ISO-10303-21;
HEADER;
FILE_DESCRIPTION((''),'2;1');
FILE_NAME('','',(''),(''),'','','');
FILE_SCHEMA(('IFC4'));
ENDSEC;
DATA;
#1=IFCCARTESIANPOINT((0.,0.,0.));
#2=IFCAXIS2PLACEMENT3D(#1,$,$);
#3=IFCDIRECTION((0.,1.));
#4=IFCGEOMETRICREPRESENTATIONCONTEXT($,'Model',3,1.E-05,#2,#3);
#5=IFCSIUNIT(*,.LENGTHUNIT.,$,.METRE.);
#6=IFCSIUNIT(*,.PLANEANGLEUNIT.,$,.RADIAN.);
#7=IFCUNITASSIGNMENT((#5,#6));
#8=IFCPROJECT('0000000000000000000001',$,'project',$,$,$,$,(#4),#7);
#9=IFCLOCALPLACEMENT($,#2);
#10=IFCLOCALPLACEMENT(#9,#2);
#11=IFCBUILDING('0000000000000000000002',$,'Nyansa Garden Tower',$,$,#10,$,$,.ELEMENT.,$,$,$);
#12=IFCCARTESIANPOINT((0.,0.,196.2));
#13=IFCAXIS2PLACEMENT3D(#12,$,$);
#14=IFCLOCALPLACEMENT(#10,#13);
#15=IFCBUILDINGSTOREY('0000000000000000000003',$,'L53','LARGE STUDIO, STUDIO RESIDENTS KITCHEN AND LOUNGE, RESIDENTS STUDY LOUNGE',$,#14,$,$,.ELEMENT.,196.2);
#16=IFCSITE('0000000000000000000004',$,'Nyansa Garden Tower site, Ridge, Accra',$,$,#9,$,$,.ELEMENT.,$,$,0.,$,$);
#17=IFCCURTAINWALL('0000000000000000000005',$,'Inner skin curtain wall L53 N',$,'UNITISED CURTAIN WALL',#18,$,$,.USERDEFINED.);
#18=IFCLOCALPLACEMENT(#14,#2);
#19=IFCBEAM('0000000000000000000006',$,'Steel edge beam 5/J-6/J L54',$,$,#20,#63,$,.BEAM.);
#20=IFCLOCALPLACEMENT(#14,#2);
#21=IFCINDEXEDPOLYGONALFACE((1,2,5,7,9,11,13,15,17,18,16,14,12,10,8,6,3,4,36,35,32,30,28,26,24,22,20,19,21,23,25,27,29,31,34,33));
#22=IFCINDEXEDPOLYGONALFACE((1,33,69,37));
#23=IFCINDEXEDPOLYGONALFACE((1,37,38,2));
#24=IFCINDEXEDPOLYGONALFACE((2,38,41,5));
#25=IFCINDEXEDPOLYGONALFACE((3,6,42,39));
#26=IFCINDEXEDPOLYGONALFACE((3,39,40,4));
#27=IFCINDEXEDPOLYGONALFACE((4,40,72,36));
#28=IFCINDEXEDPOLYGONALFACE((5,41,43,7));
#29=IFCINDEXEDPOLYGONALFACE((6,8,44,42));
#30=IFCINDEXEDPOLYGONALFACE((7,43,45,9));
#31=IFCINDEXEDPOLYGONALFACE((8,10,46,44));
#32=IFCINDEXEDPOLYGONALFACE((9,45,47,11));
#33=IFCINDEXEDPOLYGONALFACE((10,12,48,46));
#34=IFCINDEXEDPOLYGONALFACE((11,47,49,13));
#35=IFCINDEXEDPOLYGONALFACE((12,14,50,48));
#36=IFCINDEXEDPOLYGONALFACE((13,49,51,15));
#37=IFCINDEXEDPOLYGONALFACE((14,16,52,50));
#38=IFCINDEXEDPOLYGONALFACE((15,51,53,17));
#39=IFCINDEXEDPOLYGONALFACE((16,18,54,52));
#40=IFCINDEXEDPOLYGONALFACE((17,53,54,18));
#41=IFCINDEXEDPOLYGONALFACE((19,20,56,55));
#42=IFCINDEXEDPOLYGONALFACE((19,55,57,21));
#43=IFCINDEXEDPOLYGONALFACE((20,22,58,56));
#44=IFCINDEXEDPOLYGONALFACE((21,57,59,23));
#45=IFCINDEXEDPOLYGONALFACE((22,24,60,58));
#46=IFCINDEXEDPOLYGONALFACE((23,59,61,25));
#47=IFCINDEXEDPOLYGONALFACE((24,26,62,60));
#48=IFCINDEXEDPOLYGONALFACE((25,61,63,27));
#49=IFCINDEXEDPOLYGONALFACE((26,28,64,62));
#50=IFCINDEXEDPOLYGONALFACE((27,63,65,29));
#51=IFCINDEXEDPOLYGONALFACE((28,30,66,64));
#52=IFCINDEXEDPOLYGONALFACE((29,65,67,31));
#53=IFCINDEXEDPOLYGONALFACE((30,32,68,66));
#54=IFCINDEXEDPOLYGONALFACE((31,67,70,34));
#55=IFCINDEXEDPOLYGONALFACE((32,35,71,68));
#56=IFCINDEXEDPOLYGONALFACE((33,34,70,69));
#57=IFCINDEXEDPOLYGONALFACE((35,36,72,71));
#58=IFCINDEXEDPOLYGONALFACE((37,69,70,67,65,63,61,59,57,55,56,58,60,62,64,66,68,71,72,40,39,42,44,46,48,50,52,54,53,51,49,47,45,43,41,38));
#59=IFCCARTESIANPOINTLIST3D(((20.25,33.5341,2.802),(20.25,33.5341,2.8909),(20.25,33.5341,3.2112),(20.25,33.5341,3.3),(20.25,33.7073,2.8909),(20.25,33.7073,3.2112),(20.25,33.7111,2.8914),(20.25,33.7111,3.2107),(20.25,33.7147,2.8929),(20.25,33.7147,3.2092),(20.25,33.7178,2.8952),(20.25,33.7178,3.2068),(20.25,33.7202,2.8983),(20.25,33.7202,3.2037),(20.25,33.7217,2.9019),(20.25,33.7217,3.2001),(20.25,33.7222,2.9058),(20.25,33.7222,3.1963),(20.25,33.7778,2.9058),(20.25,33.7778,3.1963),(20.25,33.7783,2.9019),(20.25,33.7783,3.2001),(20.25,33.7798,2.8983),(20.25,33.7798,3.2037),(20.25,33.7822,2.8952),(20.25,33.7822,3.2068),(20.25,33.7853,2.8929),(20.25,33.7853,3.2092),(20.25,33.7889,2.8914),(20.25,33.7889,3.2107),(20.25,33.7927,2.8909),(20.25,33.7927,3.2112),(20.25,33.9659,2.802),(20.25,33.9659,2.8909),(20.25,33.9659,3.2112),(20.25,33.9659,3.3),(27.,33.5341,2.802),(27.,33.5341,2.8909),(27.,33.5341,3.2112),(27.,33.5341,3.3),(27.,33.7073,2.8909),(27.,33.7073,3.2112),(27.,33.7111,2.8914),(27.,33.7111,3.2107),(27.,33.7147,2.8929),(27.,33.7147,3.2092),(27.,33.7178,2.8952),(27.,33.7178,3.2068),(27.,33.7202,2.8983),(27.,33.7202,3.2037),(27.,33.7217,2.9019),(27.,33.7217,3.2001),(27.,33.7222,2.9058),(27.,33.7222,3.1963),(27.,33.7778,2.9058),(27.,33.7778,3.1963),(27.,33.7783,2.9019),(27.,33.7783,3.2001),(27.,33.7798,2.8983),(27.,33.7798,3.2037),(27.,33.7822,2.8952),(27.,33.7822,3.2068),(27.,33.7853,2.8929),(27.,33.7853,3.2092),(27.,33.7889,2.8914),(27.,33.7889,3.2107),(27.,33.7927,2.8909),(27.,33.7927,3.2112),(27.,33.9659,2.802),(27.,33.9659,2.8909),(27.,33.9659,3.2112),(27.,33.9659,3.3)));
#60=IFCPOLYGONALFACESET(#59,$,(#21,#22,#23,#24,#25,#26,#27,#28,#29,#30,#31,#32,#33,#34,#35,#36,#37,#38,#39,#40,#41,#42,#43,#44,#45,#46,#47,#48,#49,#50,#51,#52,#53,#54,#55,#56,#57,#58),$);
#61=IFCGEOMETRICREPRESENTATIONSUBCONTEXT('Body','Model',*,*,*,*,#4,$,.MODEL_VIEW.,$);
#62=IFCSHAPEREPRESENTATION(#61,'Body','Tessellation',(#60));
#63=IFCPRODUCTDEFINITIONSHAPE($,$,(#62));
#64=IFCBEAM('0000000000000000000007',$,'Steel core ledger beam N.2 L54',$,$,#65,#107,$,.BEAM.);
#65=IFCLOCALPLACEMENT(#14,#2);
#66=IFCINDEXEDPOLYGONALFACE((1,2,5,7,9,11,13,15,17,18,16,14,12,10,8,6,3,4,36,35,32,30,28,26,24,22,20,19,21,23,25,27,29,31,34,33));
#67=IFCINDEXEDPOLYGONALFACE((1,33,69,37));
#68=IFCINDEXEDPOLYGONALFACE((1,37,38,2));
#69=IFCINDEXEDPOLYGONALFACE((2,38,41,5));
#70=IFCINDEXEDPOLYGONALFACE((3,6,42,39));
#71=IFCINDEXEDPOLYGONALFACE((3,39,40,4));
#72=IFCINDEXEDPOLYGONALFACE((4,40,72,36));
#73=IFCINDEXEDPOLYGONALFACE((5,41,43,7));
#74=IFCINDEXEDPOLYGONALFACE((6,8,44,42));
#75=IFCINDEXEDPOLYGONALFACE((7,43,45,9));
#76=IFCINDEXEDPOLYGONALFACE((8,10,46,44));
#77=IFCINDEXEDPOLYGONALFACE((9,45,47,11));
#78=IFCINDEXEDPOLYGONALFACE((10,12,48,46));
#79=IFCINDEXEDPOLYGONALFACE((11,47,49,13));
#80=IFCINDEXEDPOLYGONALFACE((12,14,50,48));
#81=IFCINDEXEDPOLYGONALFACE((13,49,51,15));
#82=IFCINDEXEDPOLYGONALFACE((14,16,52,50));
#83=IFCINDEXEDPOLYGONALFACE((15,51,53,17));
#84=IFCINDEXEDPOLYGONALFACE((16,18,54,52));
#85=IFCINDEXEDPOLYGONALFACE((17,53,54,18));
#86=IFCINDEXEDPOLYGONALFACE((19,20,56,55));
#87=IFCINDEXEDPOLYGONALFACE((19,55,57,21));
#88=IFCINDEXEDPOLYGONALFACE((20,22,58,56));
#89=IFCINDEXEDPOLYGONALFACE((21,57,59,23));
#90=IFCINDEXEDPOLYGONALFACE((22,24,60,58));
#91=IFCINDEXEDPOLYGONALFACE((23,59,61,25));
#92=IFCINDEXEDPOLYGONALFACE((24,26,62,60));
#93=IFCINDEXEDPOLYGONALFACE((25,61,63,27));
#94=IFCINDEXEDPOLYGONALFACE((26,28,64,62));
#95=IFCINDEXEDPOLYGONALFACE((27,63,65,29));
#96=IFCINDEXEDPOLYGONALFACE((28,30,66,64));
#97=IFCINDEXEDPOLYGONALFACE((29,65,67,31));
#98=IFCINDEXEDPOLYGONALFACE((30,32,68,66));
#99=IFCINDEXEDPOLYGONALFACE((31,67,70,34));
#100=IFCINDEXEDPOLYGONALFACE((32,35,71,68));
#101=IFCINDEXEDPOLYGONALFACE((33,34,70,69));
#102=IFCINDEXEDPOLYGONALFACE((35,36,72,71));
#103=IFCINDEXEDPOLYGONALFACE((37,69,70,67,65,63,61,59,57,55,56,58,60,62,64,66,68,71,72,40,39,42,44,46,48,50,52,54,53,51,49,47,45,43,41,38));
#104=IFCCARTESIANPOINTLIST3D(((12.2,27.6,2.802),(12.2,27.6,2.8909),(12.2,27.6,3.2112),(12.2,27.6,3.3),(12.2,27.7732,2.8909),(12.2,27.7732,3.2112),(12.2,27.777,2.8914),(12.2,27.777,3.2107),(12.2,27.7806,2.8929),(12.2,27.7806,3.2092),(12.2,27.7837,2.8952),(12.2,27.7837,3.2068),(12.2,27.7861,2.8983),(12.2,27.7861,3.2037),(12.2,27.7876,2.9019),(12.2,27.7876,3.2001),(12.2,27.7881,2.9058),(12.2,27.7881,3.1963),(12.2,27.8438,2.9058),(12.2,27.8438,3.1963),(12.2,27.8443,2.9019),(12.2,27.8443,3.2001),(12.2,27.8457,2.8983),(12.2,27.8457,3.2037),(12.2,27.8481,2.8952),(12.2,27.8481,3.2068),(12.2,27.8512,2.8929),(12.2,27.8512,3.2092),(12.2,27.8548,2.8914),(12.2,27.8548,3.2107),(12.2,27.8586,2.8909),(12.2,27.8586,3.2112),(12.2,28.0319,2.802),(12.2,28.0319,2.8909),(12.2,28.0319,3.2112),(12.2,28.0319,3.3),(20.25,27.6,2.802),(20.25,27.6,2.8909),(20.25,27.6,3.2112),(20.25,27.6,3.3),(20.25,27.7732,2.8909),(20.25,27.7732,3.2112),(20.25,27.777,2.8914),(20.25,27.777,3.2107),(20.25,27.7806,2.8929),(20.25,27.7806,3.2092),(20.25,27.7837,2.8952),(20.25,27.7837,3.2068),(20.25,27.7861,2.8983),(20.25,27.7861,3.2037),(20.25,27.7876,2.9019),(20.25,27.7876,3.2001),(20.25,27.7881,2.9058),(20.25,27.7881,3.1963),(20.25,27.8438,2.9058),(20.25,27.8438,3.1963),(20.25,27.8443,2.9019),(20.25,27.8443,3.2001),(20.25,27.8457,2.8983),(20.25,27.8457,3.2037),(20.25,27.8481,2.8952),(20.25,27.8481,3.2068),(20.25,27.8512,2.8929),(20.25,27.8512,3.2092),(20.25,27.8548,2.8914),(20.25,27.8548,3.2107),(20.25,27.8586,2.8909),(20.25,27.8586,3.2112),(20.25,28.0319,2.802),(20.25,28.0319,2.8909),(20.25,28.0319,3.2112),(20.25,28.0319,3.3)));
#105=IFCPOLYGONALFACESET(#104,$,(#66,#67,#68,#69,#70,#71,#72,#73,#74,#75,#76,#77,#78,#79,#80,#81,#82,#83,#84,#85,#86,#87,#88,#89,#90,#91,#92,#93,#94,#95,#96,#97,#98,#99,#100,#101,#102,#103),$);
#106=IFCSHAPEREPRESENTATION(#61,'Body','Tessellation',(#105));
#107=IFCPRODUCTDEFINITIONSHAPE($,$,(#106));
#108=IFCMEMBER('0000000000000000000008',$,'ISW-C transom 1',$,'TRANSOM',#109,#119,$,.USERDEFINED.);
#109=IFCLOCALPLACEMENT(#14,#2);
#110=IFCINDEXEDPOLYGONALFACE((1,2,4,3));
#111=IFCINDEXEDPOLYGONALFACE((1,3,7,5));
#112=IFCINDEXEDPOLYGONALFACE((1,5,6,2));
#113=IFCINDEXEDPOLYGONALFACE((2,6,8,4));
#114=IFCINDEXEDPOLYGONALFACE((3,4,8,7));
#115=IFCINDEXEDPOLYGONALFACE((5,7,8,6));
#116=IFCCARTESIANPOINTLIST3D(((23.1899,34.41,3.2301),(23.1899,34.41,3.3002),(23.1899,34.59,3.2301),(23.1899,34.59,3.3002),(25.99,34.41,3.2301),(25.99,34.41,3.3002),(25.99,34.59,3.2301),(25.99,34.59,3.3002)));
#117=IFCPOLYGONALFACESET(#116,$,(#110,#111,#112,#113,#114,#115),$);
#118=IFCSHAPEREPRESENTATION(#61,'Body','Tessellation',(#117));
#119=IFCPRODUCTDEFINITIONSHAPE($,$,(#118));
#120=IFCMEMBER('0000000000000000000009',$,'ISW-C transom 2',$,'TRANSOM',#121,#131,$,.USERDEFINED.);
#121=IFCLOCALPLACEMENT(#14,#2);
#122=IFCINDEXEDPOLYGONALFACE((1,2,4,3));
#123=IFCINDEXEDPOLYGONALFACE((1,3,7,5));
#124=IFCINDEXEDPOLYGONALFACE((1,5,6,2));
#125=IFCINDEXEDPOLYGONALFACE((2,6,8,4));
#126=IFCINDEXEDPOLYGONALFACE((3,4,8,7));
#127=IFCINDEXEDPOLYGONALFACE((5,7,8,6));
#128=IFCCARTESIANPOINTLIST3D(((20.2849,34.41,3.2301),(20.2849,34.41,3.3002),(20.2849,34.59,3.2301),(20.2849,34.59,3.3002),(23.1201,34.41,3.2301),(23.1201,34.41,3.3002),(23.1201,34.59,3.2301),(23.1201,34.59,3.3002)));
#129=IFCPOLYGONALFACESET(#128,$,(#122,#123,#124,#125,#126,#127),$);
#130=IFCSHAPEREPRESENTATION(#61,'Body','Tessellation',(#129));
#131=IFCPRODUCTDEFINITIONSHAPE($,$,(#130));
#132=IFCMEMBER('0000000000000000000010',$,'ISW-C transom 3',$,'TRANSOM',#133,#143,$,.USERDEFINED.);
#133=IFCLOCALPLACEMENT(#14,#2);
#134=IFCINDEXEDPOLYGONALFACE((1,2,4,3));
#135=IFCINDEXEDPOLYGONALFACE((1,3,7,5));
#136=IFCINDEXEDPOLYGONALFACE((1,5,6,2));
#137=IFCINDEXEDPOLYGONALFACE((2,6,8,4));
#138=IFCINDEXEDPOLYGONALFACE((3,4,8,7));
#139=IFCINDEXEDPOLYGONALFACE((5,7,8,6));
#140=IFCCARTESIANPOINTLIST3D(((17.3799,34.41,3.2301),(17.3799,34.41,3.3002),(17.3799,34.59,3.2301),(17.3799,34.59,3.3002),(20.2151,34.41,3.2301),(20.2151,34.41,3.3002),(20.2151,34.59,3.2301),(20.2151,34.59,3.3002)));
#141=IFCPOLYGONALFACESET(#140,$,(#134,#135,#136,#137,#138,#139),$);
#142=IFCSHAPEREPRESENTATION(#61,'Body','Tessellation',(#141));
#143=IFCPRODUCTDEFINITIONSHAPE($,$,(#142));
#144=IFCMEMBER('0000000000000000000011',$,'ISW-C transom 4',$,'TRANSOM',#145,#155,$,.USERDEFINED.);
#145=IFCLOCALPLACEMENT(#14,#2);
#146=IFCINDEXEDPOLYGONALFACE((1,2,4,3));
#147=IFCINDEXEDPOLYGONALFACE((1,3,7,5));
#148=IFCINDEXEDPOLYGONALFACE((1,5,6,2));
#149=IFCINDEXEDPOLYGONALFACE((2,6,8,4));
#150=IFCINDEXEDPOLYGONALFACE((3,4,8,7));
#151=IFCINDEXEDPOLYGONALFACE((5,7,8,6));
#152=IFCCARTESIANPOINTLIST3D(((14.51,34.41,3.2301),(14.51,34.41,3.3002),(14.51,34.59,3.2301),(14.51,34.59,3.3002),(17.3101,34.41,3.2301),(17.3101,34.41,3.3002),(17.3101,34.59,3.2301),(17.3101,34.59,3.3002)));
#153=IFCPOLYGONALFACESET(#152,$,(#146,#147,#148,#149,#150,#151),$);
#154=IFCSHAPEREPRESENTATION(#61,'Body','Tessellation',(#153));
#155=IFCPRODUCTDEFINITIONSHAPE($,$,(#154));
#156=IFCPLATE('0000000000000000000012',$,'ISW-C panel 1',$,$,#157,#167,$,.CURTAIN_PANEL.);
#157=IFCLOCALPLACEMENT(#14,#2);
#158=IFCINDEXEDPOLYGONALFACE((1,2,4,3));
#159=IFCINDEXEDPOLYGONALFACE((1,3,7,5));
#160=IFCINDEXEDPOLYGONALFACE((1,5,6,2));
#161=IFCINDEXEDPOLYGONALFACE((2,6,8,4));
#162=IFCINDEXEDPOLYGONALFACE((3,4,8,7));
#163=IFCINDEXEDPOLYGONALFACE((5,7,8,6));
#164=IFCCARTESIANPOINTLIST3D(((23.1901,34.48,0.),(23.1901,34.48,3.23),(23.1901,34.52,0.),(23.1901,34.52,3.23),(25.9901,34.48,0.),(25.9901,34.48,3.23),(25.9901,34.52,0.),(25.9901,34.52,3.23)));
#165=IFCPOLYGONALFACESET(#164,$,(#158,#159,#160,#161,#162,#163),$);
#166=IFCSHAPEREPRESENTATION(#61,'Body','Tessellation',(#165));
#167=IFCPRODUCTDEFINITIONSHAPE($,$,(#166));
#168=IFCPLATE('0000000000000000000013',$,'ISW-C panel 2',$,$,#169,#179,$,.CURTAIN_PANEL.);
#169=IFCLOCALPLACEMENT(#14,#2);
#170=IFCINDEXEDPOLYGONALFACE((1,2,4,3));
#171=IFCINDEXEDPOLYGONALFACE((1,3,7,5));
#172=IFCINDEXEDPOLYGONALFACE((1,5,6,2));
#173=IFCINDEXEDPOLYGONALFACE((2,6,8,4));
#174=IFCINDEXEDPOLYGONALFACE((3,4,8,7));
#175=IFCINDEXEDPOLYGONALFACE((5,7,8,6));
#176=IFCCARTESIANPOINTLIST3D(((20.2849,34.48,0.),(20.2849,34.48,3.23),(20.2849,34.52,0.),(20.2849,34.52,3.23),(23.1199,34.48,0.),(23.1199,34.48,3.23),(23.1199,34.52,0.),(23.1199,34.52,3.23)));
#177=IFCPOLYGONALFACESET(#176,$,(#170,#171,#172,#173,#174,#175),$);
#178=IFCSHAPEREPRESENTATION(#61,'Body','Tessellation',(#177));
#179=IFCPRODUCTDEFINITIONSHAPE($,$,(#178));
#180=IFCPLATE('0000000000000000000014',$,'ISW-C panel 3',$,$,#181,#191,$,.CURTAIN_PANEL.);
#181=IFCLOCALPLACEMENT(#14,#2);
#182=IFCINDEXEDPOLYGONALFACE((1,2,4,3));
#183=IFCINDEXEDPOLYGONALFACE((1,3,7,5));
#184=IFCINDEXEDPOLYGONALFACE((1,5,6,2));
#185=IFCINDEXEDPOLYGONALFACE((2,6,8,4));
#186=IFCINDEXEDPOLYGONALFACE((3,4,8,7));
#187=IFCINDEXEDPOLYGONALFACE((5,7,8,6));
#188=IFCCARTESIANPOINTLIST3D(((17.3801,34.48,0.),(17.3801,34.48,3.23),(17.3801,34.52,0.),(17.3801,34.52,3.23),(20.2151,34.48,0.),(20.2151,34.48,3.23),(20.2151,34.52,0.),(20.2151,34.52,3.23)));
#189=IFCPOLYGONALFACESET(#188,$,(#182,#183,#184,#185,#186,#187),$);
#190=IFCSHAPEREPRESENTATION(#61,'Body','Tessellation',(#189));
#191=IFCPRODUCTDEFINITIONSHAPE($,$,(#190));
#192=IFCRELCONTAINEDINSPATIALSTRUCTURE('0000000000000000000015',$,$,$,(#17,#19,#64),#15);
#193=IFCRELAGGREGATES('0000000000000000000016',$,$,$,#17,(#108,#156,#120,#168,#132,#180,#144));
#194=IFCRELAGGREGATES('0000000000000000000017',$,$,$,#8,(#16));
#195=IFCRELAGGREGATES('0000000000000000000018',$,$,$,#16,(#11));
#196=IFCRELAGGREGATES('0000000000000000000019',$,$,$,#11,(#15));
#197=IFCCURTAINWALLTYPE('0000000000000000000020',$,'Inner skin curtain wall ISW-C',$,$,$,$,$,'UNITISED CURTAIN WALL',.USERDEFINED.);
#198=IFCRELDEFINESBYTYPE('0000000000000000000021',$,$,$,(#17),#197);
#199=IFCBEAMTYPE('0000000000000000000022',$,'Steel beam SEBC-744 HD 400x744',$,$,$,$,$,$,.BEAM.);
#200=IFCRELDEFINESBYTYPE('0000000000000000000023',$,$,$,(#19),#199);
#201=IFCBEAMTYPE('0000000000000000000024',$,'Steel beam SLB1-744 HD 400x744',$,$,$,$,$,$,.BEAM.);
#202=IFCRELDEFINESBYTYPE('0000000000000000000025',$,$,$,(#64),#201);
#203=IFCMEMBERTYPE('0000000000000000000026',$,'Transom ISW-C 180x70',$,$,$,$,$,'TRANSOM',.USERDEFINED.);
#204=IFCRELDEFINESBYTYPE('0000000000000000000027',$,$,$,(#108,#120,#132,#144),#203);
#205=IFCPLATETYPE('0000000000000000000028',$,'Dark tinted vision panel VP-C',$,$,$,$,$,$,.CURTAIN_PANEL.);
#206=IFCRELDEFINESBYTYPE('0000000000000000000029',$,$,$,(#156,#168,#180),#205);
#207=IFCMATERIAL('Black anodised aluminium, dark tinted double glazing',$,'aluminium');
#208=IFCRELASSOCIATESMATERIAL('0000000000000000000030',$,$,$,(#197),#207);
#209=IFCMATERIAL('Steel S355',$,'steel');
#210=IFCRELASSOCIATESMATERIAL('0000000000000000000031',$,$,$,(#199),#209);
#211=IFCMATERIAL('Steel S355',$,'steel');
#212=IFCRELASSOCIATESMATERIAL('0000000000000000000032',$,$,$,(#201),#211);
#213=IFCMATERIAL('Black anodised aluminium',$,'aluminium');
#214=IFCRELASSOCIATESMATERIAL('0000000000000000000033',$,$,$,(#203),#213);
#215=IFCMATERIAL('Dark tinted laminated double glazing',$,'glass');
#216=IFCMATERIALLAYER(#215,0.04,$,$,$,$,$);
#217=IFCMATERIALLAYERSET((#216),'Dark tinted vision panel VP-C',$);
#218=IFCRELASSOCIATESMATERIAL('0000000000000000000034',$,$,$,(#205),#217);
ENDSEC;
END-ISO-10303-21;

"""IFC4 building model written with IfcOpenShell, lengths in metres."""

from ifc_helpers import new_model, si_unit, direction, frame, origin, origin_2d, place, context, subcontext, project, spatial, rectangle, i_section, extrude, material, layer, layer_set, material_profile, profile_set, type_object, element, aggregate, save


model = new_model("IFC4")

# Units and contexts
model_context = context("Model", 3, precision=1e-05, world=origin(), true_north=direction((0.0, 1.0)))
body_context = subcontext(model_context, "Body", "Model", "MODEL_VIEW")
ifc_project = project(units=[si_unit("LENGTHUNIT", "METRE"), si_unit("PLANEANGLEUNIT", "RADIAN")], contexts=[model_context])

# Site, building, storey
site_placement = place(None, origin())
site = spatial("IfcSite", under=ifc_project, at=site_placement, Name="Nyansa Garden Tower site, Ridge, Accra", CompositionType="ELEMENT", RefElevation=0.0)
building_placement = place(site_placement, origin())
building = spatial("IfcBuilding", under=site, at=building_placement, Name="Nyansa Garden Tower", CompositionType="ELEMENT")
storey_placement = place(building_placement, frame((0.0, 0.0, 196.2)))
storey = spatial("IfcBuildingStorey", under=building, at=storey_placement, Name="L53", Description="LARGE STUDIO, STUDIO RESIDENTS KITCHEN AND LOUNGE, RESIDENTS STUDY LOUNGE", CompositionType="ELEMENT", Elevation=196.2)

# Curtain wall
ifc_material_1 = material(Name="Black anodised aluminium, dark tinted double glazing", Category="aluminium")
curtain_wall_type = type_object("IfcCurtainWallType", Name="Inner skin curtain wall ISW-C", ElementType="UNITISED CURTAIN WALL", PredefinedType="USERDEFINED", material=ifc_material_1)
curtain_wall_placement = place(storey_placement, origin())
curtain_wall = element("IfcCurtainWall", 1, at=curtain_wall_placement, inside=storey, type_object=curtain_wall_type, Name="Inner skin curtain wall L53 N", ObjectType="UNITISED CURTAIN WALL", PredefinedType="USERDEFINED")

# Beams
ifc_material_2 = material(Name="Steel S355", Category="steel")
ifc_material_profile_1 = material_profile(ifc_material_2, i_section(OverallWidth=0.4319, OverallDepth=0.498, WebThickness=0.0557, FlangeThickness=0.0889, FilletRadius=0.0149, at=origin_2d()), Name="HD 400x744")
ifc_profile_set_1 = profile_set([ifc_material_profile_1], Name="Steel S355")
beam_type_1 = type_object("IfcBeamType", Name="Steel beam SEBC-744 HD 400x744", PredefinedType="BEAM", material=ifc_profile_set_1)
beam_1_placement = place(storey_placement, frame((20.25, 33.75, 3.051), z_axis=(1.0, 0.0, 0.0), x_axis=(0.0, 1.0, 0.0)))
element("IfcBeam", 2, at=beam_1_placement, inside=storey, type_object=beam_type_1, Name="Steel edge beam 5/J-6/J L54", PredefinedType="BEAM", context=body_context, shape_type="SweptSolid", body=[
    extrude(i_section(OverallWidth=0.4319, OverallDepth=0.498, WebThickness=0.0557, FlangeThickness=0.0889, FilletRadius=0.0149, at=origin_2d()), origin(), (0.0, 0.0, 1.0), 6.75),
])
ifc_material_3 = material(Name="Steel S355", Category="steel")
ifc_material_profile_2 = material_profile(ifc_material_3, i_section(OverallWidth=0.4319, OverallDepth=0.498, WebThickness=0.0557, FlangeThickness=0.0889, FilletRadius=0.0149, at=origin_2d()), Name="HD 400x744")
ifc_profile_set_2 = profile_set([ifc_material_profile_2], Name="Steel S355")
beam_type_2 = type_object("IfcBeamType", Name="Steel beam SLB1-744 HD 400x744", PredefinedType="BEAM", material=ifc_profile_set_2)
beam_2_placement = place(storey_placement, frame((20.25, 27.8159, 3.051), z_axis=(-1.0, 0.0, 0.0), x_axis=(0.0, -1.0, 0.0)))
element("IfcBeam", 3, at=beam_2_placement, inside=storey, type_object=beam_type_2, Name="Steel core ledger beam N.2 L54", PredefinedType="BEAM", context=body_context, shape_type="SweptSolid", body=[
    extrude(i_section(OverallWidth=0.4319, OverallDepth=0.498, WebThickness=0.0557, FlangeThickness=0.0889, FilletRadius=0.0149, at=origin_2d()), origin(), (0.0, 0.0, 1.0), 8.05),
])

# Members
ifc_material_4 = material(Name="Black anodised aluminium", Category="aluminium")
ifc_material_profile_3 = material_profile(ifc_material_4, rectangle(XDim=0.1799, YDim=0.0701, at=origin_2d()), Name="Transom 180x70")
ifc_profile_set_3 = profile_set([ifc_material_profile_3], Name="Black anodised aluminium")
member_type_1 = type_object("IfcMemberType", Name="Transom ISW-C 180x70", ElementType="TRANSOM", PredefinedType="USERDEFINED", material=ifc_profile_set_3)
member_1_placement = place(storey_placement, frame((25.99, 34.5, 3.2651), z_axis=(-1.0, 0.0, 0.0), x_axis=(0.0, -1.0, 0.0)))
member_1 = element("IfcMember", 4, at=member_1_placement, type_object=member_type_1, Name="ISW-C transom 1", ObjectType="TRANSOM", PredefinedType="USERDEFINED", context=body_context, shape_type="SweptSolid", body=[
    extrude(rectangle(XDim=0.1799, YDim=0.0701, at=origin_2d()), origin(), (0.0, 0.0, 1.0), 2.8),
])
member_2_placement = place(storey_placement, frame((23.1201, 34.5, 3.2651), z_axis=(-1.0, 0.0, 0.0), x_axis=(0.0, -1.0, 0.0)))
member_2 = element("IfcMember", 5, at=member_2_placement, type_object=member_type_1, Name="ISW-C transom 2", ObjectType="TRANSOM", PredefinedType="USERDEFINED", context=body_context, shape_type="SweptSolid", body=[
    extrude(rectangle(XDim=0.1799, YDim=0.0701, at=origin_2d()), origin(), (0.0, 0.0, 1.0), 2.8352),
])
member_3_placement = place(storey_placement, frame((20.2151, 34.5, 3.2651), z_axis=(-1.0, 0.0, 0.0), x_axis=(0.0, -1.0, 0.0)))
member_3 = element("IfcMember", 6, at=member_3_placement, type_object=member_type_1, Name="ISW-C transom 3", ObjectType="TRANSOM", PredefinedType="USERDEFINED", context=body_context, shape_type="SweptSolid", body=[
    extrude(rectangle(XDim=0.1799, YDim=0.0701, at=origin_2d()), origin(), (0.0, 0.0, 1.0), 2.8352),
])
member_4_placement = place(storey_placement, frame((17.3101, 34.5, 3.2651), z_axis=(-1.0, 0.0, 0.0), x_axis=(0.0, -1.0, 0.0)))
member_4 = element("IfcMember", 7, at=member_4_placement, type_object=member_type_1, Name="ISW-C transom 4", ObjectType="TRANSOM", PredefinedType="USERDEFINED", context=body_context, shape_type="SweptSolid", body=[
    extrude(rectangle(XDim=0.1799, YDim=0.0701, at=origin_2d()), origin(), (0.0, 0.0, 1.0), 2.8),
])

# Plates
ifc_material_5 = material(Name="Dark tinted laminated double glazing", Category="glass")
ifc_layer_1 = layer(ifc_material_5, 0.04)
ifc_layer_set_1 = layer_set([ifc_layer_1], Name="Dark tinted vision panel VP-C")
plate_type_1 = type_object("IfcPlateType", Name="Dark tinted vision panel VP-C", PredefinedType="CURTAIN_PANEL", material=ifc_layer_set_1)
plate_1_placement = place(storey_placement, frame((24.5901, 34.5, 0.0), z_axis=(0.0, 0.0, 1.0), x_axis=(-1.0, 0.0, 0.0)))
plate_1 = element("IfcPlate", 8, at=plate_1_placement, type_object=plate_type_1, Name="ISW-C panel 1", PredefinedType="CURTAIN_PANEL", context=body_context, shape_type="SweptSolid", body=[
    extrude(rectangle(XDim=2.8, YDim=0.04, at=origin_2d()), origin(), (0.0, 0.0, 1.0), 3.23),
])
plate_2_placement = place(storey_placement, frame((21.7024, 34.5, 0.0), z_axis=(0.0, 0.0, 1.0), x_axis=(-1.0, 0.0, 0.0)))
plate_2 = element("IfcPlate", 9, at=plate_2_placement, type_object=plate_type_1, Name="ISW-C panel 2", PredefinedType="CURTAIN_PANEL", context=body_context, shape_type="SweptSolid", body=[
    extrude(rectangle(XDim=2.835, YDim=0.04, at=origin_2d()), origin(), (0.0, 0.0, 1.0), 3.23),
])
plate_3_placement = place(storey_placement, frame((18.7976, 34.5, 0.0), z_axis=(0.0, 0.0, 1.0), x_axis=(-1.0, 0.0, 0.0)))
plate_3 = element("IfcPlate", 10, at=plate_3_placement, type_object=plate_type_1, Name="ISW-C panel 3", PredefinedType="CURTAIN_PANEL", context=body_context, shape_type="SweptSolid", body=[
    extrude(rectangle(XDim=2.835, YDim=0.04, at=origin_2d()), origin(), (0.0, 0.0, 1.0), 3.23),
])
aggregate(curtain_wall, [member_1, plate_1, member_2, plate_2, member_3, plate_3, member_4])

save(model, "model.ifc")
